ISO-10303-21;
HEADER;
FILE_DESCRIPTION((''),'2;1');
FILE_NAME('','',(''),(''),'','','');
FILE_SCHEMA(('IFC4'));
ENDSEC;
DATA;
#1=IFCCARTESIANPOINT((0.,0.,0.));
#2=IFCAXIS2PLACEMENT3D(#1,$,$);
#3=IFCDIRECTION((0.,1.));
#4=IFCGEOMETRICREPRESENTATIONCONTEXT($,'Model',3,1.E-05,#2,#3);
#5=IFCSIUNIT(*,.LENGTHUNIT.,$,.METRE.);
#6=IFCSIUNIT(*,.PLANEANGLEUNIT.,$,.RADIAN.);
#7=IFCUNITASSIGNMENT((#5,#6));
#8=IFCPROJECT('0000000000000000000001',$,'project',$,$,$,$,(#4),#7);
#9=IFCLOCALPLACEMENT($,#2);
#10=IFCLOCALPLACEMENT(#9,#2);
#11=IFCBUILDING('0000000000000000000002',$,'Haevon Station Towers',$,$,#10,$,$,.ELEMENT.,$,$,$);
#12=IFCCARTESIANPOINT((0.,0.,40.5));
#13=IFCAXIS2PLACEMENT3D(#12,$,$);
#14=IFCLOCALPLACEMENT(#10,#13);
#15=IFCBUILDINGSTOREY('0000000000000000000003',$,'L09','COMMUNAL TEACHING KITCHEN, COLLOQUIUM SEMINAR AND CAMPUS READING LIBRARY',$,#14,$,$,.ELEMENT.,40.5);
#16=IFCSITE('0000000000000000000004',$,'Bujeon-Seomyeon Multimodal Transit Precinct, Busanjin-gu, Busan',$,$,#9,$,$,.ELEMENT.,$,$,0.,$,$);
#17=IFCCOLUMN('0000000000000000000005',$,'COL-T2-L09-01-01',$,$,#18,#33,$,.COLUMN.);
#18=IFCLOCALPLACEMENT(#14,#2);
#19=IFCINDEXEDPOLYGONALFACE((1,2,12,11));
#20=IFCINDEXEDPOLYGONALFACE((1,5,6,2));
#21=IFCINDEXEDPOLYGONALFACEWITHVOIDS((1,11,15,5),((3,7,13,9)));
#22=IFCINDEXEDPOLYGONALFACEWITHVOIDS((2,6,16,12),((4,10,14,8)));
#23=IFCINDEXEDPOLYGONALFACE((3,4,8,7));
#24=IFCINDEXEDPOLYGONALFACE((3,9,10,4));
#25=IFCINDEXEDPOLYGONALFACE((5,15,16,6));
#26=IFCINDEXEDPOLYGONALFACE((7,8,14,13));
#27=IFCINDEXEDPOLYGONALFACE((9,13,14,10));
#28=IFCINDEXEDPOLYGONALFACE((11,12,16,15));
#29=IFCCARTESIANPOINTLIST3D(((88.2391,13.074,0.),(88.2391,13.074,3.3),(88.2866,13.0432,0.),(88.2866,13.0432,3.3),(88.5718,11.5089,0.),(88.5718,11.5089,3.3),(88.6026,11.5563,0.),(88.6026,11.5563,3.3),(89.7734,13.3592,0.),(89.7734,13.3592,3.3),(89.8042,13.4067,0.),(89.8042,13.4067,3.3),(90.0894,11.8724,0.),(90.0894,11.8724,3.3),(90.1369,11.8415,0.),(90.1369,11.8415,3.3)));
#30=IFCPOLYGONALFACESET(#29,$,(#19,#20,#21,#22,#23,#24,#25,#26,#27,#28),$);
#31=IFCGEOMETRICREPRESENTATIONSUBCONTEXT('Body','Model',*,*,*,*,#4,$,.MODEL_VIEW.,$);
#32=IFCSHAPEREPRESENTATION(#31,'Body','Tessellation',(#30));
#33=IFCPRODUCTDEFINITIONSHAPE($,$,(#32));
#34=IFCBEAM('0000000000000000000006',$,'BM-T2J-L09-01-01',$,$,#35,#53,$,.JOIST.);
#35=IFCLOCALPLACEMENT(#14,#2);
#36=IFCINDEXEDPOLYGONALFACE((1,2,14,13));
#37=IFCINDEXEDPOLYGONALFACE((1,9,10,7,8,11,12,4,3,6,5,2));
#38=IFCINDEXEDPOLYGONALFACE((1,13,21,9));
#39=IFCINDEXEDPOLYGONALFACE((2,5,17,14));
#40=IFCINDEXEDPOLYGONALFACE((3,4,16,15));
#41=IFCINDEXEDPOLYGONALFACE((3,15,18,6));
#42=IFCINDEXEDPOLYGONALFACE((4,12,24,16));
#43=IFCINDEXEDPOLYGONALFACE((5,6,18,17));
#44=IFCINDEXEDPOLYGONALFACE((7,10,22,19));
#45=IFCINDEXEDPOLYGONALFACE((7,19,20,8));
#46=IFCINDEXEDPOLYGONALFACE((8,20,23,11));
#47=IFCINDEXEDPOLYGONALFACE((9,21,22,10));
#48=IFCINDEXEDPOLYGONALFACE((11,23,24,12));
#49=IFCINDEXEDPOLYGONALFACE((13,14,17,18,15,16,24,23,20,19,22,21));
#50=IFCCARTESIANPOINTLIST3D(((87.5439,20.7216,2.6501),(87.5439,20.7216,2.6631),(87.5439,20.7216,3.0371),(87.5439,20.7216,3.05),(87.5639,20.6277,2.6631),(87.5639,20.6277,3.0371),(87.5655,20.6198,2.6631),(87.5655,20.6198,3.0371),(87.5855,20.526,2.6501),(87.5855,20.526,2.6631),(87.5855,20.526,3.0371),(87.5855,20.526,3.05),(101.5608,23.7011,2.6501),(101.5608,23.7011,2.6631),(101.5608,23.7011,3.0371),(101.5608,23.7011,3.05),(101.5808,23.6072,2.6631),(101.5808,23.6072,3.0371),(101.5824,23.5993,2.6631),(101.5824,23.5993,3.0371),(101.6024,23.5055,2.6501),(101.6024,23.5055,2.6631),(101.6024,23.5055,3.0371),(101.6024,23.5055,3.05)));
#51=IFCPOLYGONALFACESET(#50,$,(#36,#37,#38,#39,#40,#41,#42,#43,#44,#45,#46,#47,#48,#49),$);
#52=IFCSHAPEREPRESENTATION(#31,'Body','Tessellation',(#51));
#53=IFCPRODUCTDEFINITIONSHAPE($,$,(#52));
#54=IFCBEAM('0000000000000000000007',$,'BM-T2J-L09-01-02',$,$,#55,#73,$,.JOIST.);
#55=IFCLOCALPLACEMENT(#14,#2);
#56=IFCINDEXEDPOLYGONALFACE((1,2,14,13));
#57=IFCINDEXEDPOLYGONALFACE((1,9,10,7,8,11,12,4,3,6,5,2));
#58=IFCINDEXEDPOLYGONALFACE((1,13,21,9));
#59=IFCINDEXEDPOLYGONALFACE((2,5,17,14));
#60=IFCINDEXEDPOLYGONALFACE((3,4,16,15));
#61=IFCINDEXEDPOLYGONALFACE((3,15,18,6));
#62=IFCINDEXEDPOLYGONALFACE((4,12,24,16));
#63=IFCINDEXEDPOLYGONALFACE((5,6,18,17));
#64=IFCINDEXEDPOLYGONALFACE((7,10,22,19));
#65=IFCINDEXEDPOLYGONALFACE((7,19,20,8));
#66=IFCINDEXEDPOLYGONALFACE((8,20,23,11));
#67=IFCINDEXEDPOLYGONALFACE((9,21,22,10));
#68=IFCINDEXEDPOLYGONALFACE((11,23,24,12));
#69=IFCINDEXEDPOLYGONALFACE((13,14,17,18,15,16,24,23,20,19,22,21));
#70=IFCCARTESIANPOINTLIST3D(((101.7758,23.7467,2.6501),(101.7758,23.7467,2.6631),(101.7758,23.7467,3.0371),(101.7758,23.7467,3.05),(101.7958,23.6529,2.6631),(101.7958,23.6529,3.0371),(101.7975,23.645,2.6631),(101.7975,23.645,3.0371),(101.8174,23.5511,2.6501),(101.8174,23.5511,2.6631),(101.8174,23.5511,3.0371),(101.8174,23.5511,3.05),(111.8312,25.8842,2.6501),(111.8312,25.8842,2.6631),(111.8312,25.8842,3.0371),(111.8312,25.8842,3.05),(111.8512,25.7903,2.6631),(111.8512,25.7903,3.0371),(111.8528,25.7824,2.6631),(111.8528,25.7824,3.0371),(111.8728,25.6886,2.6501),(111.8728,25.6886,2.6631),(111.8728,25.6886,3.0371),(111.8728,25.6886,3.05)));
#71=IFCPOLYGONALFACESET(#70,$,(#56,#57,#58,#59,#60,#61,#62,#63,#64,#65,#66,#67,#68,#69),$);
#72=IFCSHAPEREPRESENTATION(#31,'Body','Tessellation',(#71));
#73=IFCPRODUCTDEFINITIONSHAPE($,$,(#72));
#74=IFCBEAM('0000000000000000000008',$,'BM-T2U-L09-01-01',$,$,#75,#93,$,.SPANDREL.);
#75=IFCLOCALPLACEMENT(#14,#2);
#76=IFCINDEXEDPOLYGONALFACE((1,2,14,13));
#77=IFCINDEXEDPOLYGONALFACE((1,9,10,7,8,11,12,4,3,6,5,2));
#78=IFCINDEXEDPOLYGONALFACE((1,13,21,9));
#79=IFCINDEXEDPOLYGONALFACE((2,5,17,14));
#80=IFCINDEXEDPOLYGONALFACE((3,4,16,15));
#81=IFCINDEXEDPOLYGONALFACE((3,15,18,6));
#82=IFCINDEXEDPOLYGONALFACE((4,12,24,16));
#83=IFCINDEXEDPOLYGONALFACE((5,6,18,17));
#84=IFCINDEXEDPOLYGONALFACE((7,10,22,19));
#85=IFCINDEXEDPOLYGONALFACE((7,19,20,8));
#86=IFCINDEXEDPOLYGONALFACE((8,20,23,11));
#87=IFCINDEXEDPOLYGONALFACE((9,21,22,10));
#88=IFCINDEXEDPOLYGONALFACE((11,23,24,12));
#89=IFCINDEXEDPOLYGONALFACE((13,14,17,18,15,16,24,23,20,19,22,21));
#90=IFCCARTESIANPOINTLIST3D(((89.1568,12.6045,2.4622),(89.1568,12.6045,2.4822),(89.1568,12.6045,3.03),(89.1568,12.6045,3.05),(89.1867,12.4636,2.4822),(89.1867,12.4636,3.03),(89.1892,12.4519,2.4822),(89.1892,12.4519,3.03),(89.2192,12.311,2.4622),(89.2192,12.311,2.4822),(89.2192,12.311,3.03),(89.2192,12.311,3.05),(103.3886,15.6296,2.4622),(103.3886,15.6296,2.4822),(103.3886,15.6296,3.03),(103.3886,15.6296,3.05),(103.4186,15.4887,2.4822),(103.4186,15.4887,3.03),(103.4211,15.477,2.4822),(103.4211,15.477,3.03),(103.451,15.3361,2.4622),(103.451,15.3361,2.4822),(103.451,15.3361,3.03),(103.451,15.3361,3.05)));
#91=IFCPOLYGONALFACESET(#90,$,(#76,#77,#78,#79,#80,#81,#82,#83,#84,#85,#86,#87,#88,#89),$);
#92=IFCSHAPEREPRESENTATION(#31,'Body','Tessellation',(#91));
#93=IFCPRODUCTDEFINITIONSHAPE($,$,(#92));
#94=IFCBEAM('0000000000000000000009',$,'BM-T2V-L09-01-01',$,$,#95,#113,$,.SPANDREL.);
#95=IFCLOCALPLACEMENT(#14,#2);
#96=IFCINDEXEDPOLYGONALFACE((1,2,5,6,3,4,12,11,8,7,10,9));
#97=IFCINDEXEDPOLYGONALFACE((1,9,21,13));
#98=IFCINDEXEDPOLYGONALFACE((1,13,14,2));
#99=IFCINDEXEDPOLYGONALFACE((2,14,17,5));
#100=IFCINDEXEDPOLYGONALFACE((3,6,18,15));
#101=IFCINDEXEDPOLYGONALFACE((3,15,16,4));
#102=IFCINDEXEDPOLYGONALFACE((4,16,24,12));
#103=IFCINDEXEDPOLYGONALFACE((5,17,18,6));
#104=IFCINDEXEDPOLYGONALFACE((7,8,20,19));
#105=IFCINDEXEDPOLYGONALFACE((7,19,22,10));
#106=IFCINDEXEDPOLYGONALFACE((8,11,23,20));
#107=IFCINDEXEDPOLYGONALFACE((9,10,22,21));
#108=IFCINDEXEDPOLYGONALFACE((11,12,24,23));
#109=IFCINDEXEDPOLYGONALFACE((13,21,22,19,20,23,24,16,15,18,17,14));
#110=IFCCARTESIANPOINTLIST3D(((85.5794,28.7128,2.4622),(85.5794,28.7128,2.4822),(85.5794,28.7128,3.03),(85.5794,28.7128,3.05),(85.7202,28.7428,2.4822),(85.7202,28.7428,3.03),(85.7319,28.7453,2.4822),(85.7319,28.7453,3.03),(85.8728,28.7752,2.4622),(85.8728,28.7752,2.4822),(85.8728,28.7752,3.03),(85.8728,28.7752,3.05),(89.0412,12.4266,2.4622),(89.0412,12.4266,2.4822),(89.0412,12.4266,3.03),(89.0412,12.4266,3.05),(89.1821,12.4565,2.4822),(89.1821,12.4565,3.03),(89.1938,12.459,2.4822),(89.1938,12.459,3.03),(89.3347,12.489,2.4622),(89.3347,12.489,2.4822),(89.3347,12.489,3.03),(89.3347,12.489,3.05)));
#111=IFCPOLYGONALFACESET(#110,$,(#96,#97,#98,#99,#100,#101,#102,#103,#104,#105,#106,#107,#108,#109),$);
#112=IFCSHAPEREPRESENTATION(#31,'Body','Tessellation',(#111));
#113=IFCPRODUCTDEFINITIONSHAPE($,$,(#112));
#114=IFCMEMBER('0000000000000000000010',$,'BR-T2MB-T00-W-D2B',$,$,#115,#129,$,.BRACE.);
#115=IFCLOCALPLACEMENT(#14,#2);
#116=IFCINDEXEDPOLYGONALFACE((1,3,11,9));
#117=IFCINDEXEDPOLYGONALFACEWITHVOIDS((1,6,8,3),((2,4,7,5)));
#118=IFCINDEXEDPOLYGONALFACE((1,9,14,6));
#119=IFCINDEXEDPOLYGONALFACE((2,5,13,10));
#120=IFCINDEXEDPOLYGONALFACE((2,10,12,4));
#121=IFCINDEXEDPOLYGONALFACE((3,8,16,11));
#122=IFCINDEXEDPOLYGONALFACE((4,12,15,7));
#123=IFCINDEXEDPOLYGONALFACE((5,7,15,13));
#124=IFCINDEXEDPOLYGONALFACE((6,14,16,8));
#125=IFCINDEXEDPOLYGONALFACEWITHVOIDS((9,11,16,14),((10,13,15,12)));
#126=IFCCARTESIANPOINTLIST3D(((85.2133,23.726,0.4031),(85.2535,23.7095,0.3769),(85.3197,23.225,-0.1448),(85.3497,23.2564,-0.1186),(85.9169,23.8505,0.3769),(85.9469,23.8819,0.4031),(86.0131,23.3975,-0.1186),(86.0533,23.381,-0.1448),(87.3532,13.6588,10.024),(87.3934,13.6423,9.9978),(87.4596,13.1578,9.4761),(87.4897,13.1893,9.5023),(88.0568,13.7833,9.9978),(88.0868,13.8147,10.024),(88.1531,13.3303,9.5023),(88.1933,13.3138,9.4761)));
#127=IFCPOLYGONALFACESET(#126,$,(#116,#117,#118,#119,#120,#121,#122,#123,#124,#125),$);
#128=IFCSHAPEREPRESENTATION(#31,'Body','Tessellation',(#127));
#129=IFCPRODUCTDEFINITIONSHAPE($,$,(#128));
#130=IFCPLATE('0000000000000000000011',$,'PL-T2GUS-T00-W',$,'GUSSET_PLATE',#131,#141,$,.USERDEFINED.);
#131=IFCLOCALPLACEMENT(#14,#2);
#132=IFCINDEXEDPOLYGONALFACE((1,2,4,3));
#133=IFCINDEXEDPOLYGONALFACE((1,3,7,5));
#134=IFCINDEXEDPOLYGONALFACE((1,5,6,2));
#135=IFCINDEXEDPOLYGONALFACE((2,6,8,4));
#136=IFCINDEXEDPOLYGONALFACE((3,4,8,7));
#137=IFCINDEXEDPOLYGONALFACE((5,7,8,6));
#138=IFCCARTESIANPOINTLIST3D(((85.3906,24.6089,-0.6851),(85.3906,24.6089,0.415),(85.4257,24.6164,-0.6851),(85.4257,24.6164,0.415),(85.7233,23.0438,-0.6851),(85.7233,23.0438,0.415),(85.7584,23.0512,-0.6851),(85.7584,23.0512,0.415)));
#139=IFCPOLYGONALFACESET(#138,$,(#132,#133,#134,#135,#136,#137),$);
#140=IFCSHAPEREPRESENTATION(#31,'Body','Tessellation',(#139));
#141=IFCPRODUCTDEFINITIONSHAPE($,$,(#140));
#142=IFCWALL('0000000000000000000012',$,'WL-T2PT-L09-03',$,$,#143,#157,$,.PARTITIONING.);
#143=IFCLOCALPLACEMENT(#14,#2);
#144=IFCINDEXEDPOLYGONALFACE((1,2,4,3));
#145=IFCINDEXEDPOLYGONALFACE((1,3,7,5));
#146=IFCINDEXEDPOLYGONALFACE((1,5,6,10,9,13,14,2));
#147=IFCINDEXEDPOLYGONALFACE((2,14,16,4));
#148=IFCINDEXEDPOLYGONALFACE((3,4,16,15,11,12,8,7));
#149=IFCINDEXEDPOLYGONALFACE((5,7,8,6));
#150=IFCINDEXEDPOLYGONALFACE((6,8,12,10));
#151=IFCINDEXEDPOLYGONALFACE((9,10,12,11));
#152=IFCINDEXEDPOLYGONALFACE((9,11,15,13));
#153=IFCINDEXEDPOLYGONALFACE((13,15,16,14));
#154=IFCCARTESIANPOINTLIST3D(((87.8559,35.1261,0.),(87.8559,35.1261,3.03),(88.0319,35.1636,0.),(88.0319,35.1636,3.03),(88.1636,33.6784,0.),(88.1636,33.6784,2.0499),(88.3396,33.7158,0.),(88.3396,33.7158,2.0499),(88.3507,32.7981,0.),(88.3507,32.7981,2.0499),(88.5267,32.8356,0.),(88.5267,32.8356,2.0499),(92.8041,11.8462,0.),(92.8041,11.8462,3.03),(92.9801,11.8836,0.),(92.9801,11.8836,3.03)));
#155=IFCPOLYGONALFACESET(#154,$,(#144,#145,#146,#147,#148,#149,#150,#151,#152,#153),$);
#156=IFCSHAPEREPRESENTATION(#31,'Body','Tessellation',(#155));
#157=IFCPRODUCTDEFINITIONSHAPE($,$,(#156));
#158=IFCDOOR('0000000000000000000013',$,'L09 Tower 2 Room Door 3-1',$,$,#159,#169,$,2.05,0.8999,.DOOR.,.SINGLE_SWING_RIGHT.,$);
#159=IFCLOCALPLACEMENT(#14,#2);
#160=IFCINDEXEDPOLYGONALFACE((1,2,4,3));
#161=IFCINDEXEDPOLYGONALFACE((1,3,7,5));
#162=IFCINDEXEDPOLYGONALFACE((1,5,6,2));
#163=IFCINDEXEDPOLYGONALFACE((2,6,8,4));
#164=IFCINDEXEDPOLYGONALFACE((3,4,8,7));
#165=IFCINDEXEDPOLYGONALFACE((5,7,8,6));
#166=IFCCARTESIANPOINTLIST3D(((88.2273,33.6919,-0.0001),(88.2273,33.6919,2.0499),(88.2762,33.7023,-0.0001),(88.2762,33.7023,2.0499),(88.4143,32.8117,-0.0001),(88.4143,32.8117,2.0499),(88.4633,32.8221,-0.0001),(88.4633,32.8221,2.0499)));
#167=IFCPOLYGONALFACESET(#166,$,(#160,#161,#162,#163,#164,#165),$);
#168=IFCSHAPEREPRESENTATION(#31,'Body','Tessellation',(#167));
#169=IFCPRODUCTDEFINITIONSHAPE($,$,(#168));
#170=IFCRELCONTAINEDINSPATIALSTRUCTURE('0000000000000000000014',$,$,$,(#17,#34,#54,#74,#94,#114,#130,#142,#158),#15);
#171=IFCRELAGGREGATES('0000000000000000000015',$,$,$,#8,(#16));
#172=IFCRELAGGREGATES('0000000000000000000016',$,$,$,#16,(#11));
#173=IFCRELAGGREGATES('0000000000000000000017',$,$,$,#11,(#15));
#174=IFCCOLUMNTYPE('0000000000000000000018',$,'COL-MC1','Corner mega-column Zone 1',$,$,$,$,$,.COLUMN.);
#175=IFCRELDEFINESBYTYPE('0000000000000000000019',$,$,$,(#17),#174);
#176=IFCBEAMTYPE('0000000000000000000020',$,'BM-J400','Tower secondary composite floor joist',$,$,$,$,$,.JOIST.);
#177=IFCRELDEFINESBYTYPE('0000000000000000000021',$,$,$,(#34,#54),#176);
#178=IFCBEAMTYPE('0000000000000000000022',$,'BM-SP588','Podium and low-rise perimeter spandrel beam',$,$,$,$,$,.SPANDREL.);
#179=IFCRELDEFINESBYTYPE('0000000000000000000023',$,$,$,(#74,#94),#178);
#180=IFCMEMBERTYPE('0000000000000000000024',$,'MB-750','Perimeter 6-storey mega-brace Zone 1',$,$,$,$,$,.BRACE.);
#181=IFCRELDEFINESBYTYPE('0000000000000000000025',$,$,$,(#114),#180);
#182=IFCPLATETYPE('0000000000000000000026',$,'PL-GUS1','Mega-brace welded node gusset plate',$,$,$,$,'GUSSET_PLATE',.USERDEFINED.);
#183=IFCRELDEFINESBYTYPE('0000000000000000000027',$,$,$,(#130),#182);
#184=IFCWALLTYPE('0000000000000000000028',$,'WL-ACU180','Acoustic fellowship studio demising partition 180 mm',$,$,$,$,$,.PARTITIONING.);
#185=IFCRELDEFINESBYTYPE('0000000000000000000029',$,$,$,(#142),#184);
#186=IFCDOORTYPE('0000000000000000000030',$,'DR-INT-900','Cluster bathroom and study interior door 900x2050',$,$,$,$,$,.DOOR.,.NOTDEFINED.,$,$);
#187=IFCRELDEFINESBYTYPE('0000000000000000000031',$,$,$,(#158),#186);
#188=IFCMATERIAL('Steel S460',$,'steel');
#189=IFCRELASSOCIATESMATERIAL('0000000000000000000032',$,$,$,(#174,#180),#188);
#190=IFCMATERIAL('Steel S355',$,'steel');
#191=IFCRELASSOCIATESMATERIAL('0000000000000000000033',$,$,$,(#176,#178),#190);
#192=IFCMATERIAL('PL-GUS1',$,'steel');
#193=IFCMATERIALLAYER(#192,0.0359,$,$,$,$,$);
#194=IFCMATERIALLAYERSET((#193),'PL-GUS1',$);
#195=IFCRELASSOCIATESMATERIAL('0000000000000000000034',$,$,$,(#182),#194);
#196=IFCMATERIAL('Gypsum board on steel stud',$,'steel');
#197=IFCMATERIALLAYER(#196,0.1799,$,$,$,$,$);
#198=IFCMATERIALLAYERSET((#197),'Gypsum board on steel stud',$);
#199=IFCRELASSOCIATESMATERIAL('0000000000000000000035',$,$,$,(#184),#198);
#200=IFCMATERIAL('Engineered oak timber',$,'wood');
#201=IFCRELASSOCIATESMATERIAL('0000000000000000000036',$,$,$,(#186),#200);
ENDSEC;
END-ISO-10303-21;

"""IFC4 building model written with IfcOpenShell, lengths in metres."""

from ifc_helpers import new_model, si_unit, direction, frame, frame_2d, origin, origin_2d, place, context, subcontext, project, spatial, rectangle, hollow_rectangle, i_section, extrude, material, layer, layer_set, material_profile, profile_set, type_object, element, fill, save


model = new_model("IFC4")

# Units and contexts
model_context = context("Model", 3, precision=1e-05, world=origin(), true_north=direction((0.0, 1.0)))
body_context = subcontext(model_context, "Body", "Model", "MODEL_VIEW")
ifc_project = project(units=[si_unit("LENGTHUNIT", "METRE"), si_unit("PLANEANGLEUNIT", "RADIAN")], contexts=[model_context])

# Site, building, storey
site_placement = place(None, origin())
site = spatial("IfcSite", under=ifc_project, at=site_placement, Name="Bujeon-Seomyeon Multimodal Transit Precinct, Busanjin-gu, Busan", CompositionType="ELEMENT", RefElevation=0.0)
building_placement = place(site_placement, origin())
building = spatial("IfcBuilding", under=site, at=building_placement, Name="Haevon Station Towers", CompositionType="ELEMENT")
storey_placement = place(building_placement, frame((0.0, 0.0, 40.5)))
storey = spatial("IfcBuildingStorey", under=building, at=storey_placement, Name="L09", Description="COMMUNAL TEACHING KITCHEN, COLLOQUIUM SEMINAR AND CAMPUS READING LIBRARY", CompositionType="ELEMENT", Elevation=40.5)

# Column
ifc_material_1 = material(Name="Steel S460", Category="steel")
ifc_material_profile_1 = material_profile(ifc_material_1, hollow_rectangle(XDim=1.6001, YDim=1.6001, WallThickness=0.04, at=origin_2d()), Name="BOX-1600x1600x40")
ifc_profile_set_1 = profile_set([ifc_material_profile_1], Name="Steel S460")
column_type = type_object("IfcColumnType", Name="COL-MC1", Description="Corner mega-column Zone 1", PredefinedType="COLUMN", material=ifc_profile_set_1)
column_placement = place(storey_placement, frame((89.188, 12.4578, 0.0), z_axis=(0.0, 0.0, 1.0), x_axis=(0.978148, 0.207912, 0.0)))
element("IfcColumn", 1, at=column_placement, inside=storey, type_object=column_type, Name="COL-T2-L09-01-01", PredefinedType="COLUMN", context=body_context, shape_type="SweptSolid", body=[
    extrude(hollow_rectangle(XDim=1.6001, YDim=1.6001, WallThickness=0.04, at=origin_2d()), origin(), (0.0, 0.0, 1.0), 3.3),
])

# Beams
ifc_material_2 = material(Name="Steel S355", Category="steel")
ifc_material_profile_2 = material_profile(ifc_material_2, i_section(OverallWidth=0.2, OverallDepth=0.3999, WebThickness=0.0081, FlangeThickness=0.0129, at=origin_2d()), Name="H-400x200x8x13")
ifc_profile_set_2 = profile_set([ifc_material_profile_2], Name="Steel S355")
beam_type_1 = type_object("IfcBeamType", Name="BM-J400", Description="Tower secondary composite floor joist", PredefinedType="JOIST", material=ifc_profile_set_2)
beam_1_placement = place(storey_placement, frame((87.5647, 20.6238, 2.8501), z_axis=(0.978146, 0.20792, 0.0), x_axis=(-0.20792, 0.978146, 0.0)))
element("IfcBeam", 2, at=beam_1_placement, inside=storey, type_object=beam_type_1, Name="BM-T2J-L09-01-01", PredefinedType="JOIST", context=body_context, shape_type="SweptSolid", body=[
    extrude(i_section(OverallWidth=0.2, OverallDepth=0.3999, WebThickness=0.0081, FlangeThickness=0.0129, at=origin_2d()), origin(), (0.0, 0.0, 1.0), 14.3301),
])
beam_2_placement = place(storey_placement, frame((101.7966, 23.6489, 2.8501), z_axis=(0.978146, 0.207922, 0.0), x_axis=(-0.207922, 0.978146, 0.0)))
element("IfcBeam", 3, at=beam_2_placement, inside=storey, type_object=beam_type_1, Name="BM-T2J-L09-01-02", PredefinedType="JOIST", context=body_context, shape_type="SweptSolid", body=[
    extrude(i_section(OverallWidth=0.2, OverallDepth=0.3999, WebThickness=0.0081, FlangeThickness=0.0129, at=origin_2d()), origin(), (0.0, 0.0, 1.0), 10.28),
])
ifc_material_profile_3 = material_profile(ifc_material_2, i_section(OverallWidth=0.3, OverallDepth=0.5879, WebThickness=0.012, FlangeThickness=0.02, at=origin_2d()), Name="H-588x300x12x20")
ifc_profile_set_3 = profile_set([ifc_material_profile_3], Name="Steel S355")
beam_type_2 = type_object("IfcBeamType", Name="BM-SP588", Description="Podium and low-rise perimeter spandrel beam", PredefinedType="SPANDREL", material=ifc_profile_set_3)
beam_3_placement = place(storey_placement, frame((89.188, 12.4578, 2.7561), z_axis=(0.978147, 0.207915, 0.0), x_axis=(-0.207915, 0.978147, 0.0)))
element("IfcBeam", 4, at=beam_3_placement, inside=storey, type_object=beam_type_2, Name="BM-T2U-L09-01-01", PredefinedType="SPANDREL", context=body_context, shape_type="SweptSolid", body=[
    extrude(i_section(OverallWidth=0.3, OverallDepth=0.5879, WebThickness=0.012, FlangeThickness=0.02, at=origin_2d()), origin(), (0.0, 0.0, 1.0), 14.5498),
])
beam_4_placement = place(storey_placement, frame((89.188, 12.4578, 2.7561), z_axis=(-0.20792, 0.978146, 0.0), x_axis=(-0.978146, -0.20792, 0.0)))
element("IfcBeam", 5, at=beam_4_placement, inside=storey, type_object=beam_type_2, Name="BM-T2V-L09-01-01", PredefinedType="SPANDREL", context=body_context, shape_type="SweptSolid", body=[
    extrude(i_section(OverallWidth=0.3, OverallDepth=0.5879, WebThickness=0.012, FlangeThickness=0.02, at=origin_2d()), origin(), (0.0, 0.0, 1.0), 16.6501),
])

# Member
ifc_material_profile_4 = material_profile(ifc_material_1, hollow_rectangle(XDim=0.75, YDim=0.75, WallThickness=0.0359, at=origin_2d()), Name="RHS-750x750x36")
ifc_profile_set_4 = profile_set([ifc_material_profile_4], Name="Steel S460")
member_type = type_object("IfcMemberType", Name="MB-750", Description="Perimeter 6-storey mega-brace Zone 1", PredefinedType="BRACE", material=ifc_profile_set_4)
member_placement = place(storey_placement, frame((85.6333, 23.5535, 0.1292), z_axis=(0.151889, -0.714562, 0.682884), x_axis=(0.978146, 0.207917, 0.0)))
element("IfcMember", 6, at=member_placement, inside=storey, type_object=member_type, Name="BR-T2MB-T00-W-D2B", PredefinedType="BRACE", context=body_context, shape_type="SweptSolid", body=[
    extrude(hollow_rectangle(XDim=0.75, YDim=0.75, WallThickness=0.0359, at=origin_2d()), origin(), (0.0, 0.0, 1.0), 14.0886),
])

# Plate
ifc_material_3 = material(Name="PL-GUS1", Category="steel")
ifc_layer_1 = layer(ifc_material_3, 0.0359)
ifc_layer_set_1 = layer_set([ifc_layer_1], Name="PL-GUS1")
plate_type = type_object("IfcPlateType", Name="PL-GUS1", Description="Mega-brace welded node gusset plate", ElementType="GUSSET_PLATE", PredefinedType="USERDEFINED", material=ifc_layer_set_1)
plate_placement = place(storey_placement, frame((85.5745, 23.8301, -0.6851), z_axis=(0.0, 0.0, 1.0), x_axis=(-0.207912, 0.978148, 0.0)))
element("IfcPlate", 7, at=plate_placement, inside=storey, type_object=plate_type, Name="PL-T2GUS-T00-W", ObjectType="GUSSET_PLATE", PredefinedType="USERDEFINED", context=body_context, shape_type="SweptSolid", body=[
    extrude(rectangle(XDim=1.6001, YDim=0.0359, at=origin_2d()), origin(), (0.0, 0.0, 1.0), 1.1001),
])

# Wall, opening, door
ifc_material_4 = material(Name="Gypsum board on steel stud", Category="steel")
ifc_layer_2 = layer(ifc_material_4, 0.1799)
ifc_layer_set_2 = layer_set([ifc_layer_2], Name="Gypsum board on steel stud")
wall_type_1 = type_object("IfcWallType", Name="WL-ACU180", Description="Acoustic fellowship studio demising partition 180 mm", PredefinedType="PARTITIONING", material=ifc_layer_set_2)
wall_1_placement = place(storey_placement, frame((92.8921, 11.865, 0.0), z_axis=(0.0, 0.0, 1.0), x_axis=(-0.207908, 0.978148, 0.0)))
wall_1 = element("IfcWall", 8, at=wall_1_placement, inside=storey, type_object=wall_type_1, Name="WL-T2PT-L09-03", PredefinedType="PARTITIONING", context=body_context, shape_type="SweptSolid", body=[
    extrude(rectangle(XDim=23.8, YDim=0.1799, at=frame_2d((11.8999, 0.0))), origin(), (0.0, 0.0, 1.0), 3.03),
])
opening_1_placement = place(wall_1_placement, frame((21.4199, 0.0, 0.0)))
opening_1 = element("IfcOpeningElement", 9, at=opening_1_placement, cuts=wall_1, PredefinedType="OPENING", context=body_context, shape_type="SweptSolid", body=[
    extrude(rectangle(XDim=0.8999, YDim=2.05, at=frame_2d((0.45, 1.0249))), frame((0.0, 0.0999, 0.0), z_axis=(0.0, -1.0, 0.0), x_axis=(1.0, 0.0, 0.0)), (0.0, 0.0, 1.0), 0.2),
])
ifc_material_5 = material(Name="Engineered oak timber", Category="wood")
door_type_1 = type_object("IfcDoorType", Name="DR-INT-900", Description="Cluster bathroom and study interior door 900x2050", OperationType="NOTDEFINED", PredefinedType="DOOR", material=ifc_material_5)
door_1_placement = place(opening_1_placement, origin())
door_1 = element("IfcDoor", 10, at=door_1_placement, inside=storey, type_object=door_type_1, Name="L09 Tower 2 Room Door 3-1", OperationType="SINGLE_SWING_RIGHT", OverallHeight=2.05, OverallWidth=0.8999, PredefinedType="DOOR", context=body_context, shape_type="SweptSolid", body=[
    extrude(rectangle(XDim=0.8999, YDim=2.05, at=frame_2d((0.45, 1.0249))), frame((0.0, 0.0249, 0.0), z_axis=(0.0, -1.0, 0.0), x_axis=(1.0, 0.0, 0.0)), (0.0, 0.0, 1.0), 0.05),
])
fill(opening_1, door_1)

save(model, "model.ifc")
